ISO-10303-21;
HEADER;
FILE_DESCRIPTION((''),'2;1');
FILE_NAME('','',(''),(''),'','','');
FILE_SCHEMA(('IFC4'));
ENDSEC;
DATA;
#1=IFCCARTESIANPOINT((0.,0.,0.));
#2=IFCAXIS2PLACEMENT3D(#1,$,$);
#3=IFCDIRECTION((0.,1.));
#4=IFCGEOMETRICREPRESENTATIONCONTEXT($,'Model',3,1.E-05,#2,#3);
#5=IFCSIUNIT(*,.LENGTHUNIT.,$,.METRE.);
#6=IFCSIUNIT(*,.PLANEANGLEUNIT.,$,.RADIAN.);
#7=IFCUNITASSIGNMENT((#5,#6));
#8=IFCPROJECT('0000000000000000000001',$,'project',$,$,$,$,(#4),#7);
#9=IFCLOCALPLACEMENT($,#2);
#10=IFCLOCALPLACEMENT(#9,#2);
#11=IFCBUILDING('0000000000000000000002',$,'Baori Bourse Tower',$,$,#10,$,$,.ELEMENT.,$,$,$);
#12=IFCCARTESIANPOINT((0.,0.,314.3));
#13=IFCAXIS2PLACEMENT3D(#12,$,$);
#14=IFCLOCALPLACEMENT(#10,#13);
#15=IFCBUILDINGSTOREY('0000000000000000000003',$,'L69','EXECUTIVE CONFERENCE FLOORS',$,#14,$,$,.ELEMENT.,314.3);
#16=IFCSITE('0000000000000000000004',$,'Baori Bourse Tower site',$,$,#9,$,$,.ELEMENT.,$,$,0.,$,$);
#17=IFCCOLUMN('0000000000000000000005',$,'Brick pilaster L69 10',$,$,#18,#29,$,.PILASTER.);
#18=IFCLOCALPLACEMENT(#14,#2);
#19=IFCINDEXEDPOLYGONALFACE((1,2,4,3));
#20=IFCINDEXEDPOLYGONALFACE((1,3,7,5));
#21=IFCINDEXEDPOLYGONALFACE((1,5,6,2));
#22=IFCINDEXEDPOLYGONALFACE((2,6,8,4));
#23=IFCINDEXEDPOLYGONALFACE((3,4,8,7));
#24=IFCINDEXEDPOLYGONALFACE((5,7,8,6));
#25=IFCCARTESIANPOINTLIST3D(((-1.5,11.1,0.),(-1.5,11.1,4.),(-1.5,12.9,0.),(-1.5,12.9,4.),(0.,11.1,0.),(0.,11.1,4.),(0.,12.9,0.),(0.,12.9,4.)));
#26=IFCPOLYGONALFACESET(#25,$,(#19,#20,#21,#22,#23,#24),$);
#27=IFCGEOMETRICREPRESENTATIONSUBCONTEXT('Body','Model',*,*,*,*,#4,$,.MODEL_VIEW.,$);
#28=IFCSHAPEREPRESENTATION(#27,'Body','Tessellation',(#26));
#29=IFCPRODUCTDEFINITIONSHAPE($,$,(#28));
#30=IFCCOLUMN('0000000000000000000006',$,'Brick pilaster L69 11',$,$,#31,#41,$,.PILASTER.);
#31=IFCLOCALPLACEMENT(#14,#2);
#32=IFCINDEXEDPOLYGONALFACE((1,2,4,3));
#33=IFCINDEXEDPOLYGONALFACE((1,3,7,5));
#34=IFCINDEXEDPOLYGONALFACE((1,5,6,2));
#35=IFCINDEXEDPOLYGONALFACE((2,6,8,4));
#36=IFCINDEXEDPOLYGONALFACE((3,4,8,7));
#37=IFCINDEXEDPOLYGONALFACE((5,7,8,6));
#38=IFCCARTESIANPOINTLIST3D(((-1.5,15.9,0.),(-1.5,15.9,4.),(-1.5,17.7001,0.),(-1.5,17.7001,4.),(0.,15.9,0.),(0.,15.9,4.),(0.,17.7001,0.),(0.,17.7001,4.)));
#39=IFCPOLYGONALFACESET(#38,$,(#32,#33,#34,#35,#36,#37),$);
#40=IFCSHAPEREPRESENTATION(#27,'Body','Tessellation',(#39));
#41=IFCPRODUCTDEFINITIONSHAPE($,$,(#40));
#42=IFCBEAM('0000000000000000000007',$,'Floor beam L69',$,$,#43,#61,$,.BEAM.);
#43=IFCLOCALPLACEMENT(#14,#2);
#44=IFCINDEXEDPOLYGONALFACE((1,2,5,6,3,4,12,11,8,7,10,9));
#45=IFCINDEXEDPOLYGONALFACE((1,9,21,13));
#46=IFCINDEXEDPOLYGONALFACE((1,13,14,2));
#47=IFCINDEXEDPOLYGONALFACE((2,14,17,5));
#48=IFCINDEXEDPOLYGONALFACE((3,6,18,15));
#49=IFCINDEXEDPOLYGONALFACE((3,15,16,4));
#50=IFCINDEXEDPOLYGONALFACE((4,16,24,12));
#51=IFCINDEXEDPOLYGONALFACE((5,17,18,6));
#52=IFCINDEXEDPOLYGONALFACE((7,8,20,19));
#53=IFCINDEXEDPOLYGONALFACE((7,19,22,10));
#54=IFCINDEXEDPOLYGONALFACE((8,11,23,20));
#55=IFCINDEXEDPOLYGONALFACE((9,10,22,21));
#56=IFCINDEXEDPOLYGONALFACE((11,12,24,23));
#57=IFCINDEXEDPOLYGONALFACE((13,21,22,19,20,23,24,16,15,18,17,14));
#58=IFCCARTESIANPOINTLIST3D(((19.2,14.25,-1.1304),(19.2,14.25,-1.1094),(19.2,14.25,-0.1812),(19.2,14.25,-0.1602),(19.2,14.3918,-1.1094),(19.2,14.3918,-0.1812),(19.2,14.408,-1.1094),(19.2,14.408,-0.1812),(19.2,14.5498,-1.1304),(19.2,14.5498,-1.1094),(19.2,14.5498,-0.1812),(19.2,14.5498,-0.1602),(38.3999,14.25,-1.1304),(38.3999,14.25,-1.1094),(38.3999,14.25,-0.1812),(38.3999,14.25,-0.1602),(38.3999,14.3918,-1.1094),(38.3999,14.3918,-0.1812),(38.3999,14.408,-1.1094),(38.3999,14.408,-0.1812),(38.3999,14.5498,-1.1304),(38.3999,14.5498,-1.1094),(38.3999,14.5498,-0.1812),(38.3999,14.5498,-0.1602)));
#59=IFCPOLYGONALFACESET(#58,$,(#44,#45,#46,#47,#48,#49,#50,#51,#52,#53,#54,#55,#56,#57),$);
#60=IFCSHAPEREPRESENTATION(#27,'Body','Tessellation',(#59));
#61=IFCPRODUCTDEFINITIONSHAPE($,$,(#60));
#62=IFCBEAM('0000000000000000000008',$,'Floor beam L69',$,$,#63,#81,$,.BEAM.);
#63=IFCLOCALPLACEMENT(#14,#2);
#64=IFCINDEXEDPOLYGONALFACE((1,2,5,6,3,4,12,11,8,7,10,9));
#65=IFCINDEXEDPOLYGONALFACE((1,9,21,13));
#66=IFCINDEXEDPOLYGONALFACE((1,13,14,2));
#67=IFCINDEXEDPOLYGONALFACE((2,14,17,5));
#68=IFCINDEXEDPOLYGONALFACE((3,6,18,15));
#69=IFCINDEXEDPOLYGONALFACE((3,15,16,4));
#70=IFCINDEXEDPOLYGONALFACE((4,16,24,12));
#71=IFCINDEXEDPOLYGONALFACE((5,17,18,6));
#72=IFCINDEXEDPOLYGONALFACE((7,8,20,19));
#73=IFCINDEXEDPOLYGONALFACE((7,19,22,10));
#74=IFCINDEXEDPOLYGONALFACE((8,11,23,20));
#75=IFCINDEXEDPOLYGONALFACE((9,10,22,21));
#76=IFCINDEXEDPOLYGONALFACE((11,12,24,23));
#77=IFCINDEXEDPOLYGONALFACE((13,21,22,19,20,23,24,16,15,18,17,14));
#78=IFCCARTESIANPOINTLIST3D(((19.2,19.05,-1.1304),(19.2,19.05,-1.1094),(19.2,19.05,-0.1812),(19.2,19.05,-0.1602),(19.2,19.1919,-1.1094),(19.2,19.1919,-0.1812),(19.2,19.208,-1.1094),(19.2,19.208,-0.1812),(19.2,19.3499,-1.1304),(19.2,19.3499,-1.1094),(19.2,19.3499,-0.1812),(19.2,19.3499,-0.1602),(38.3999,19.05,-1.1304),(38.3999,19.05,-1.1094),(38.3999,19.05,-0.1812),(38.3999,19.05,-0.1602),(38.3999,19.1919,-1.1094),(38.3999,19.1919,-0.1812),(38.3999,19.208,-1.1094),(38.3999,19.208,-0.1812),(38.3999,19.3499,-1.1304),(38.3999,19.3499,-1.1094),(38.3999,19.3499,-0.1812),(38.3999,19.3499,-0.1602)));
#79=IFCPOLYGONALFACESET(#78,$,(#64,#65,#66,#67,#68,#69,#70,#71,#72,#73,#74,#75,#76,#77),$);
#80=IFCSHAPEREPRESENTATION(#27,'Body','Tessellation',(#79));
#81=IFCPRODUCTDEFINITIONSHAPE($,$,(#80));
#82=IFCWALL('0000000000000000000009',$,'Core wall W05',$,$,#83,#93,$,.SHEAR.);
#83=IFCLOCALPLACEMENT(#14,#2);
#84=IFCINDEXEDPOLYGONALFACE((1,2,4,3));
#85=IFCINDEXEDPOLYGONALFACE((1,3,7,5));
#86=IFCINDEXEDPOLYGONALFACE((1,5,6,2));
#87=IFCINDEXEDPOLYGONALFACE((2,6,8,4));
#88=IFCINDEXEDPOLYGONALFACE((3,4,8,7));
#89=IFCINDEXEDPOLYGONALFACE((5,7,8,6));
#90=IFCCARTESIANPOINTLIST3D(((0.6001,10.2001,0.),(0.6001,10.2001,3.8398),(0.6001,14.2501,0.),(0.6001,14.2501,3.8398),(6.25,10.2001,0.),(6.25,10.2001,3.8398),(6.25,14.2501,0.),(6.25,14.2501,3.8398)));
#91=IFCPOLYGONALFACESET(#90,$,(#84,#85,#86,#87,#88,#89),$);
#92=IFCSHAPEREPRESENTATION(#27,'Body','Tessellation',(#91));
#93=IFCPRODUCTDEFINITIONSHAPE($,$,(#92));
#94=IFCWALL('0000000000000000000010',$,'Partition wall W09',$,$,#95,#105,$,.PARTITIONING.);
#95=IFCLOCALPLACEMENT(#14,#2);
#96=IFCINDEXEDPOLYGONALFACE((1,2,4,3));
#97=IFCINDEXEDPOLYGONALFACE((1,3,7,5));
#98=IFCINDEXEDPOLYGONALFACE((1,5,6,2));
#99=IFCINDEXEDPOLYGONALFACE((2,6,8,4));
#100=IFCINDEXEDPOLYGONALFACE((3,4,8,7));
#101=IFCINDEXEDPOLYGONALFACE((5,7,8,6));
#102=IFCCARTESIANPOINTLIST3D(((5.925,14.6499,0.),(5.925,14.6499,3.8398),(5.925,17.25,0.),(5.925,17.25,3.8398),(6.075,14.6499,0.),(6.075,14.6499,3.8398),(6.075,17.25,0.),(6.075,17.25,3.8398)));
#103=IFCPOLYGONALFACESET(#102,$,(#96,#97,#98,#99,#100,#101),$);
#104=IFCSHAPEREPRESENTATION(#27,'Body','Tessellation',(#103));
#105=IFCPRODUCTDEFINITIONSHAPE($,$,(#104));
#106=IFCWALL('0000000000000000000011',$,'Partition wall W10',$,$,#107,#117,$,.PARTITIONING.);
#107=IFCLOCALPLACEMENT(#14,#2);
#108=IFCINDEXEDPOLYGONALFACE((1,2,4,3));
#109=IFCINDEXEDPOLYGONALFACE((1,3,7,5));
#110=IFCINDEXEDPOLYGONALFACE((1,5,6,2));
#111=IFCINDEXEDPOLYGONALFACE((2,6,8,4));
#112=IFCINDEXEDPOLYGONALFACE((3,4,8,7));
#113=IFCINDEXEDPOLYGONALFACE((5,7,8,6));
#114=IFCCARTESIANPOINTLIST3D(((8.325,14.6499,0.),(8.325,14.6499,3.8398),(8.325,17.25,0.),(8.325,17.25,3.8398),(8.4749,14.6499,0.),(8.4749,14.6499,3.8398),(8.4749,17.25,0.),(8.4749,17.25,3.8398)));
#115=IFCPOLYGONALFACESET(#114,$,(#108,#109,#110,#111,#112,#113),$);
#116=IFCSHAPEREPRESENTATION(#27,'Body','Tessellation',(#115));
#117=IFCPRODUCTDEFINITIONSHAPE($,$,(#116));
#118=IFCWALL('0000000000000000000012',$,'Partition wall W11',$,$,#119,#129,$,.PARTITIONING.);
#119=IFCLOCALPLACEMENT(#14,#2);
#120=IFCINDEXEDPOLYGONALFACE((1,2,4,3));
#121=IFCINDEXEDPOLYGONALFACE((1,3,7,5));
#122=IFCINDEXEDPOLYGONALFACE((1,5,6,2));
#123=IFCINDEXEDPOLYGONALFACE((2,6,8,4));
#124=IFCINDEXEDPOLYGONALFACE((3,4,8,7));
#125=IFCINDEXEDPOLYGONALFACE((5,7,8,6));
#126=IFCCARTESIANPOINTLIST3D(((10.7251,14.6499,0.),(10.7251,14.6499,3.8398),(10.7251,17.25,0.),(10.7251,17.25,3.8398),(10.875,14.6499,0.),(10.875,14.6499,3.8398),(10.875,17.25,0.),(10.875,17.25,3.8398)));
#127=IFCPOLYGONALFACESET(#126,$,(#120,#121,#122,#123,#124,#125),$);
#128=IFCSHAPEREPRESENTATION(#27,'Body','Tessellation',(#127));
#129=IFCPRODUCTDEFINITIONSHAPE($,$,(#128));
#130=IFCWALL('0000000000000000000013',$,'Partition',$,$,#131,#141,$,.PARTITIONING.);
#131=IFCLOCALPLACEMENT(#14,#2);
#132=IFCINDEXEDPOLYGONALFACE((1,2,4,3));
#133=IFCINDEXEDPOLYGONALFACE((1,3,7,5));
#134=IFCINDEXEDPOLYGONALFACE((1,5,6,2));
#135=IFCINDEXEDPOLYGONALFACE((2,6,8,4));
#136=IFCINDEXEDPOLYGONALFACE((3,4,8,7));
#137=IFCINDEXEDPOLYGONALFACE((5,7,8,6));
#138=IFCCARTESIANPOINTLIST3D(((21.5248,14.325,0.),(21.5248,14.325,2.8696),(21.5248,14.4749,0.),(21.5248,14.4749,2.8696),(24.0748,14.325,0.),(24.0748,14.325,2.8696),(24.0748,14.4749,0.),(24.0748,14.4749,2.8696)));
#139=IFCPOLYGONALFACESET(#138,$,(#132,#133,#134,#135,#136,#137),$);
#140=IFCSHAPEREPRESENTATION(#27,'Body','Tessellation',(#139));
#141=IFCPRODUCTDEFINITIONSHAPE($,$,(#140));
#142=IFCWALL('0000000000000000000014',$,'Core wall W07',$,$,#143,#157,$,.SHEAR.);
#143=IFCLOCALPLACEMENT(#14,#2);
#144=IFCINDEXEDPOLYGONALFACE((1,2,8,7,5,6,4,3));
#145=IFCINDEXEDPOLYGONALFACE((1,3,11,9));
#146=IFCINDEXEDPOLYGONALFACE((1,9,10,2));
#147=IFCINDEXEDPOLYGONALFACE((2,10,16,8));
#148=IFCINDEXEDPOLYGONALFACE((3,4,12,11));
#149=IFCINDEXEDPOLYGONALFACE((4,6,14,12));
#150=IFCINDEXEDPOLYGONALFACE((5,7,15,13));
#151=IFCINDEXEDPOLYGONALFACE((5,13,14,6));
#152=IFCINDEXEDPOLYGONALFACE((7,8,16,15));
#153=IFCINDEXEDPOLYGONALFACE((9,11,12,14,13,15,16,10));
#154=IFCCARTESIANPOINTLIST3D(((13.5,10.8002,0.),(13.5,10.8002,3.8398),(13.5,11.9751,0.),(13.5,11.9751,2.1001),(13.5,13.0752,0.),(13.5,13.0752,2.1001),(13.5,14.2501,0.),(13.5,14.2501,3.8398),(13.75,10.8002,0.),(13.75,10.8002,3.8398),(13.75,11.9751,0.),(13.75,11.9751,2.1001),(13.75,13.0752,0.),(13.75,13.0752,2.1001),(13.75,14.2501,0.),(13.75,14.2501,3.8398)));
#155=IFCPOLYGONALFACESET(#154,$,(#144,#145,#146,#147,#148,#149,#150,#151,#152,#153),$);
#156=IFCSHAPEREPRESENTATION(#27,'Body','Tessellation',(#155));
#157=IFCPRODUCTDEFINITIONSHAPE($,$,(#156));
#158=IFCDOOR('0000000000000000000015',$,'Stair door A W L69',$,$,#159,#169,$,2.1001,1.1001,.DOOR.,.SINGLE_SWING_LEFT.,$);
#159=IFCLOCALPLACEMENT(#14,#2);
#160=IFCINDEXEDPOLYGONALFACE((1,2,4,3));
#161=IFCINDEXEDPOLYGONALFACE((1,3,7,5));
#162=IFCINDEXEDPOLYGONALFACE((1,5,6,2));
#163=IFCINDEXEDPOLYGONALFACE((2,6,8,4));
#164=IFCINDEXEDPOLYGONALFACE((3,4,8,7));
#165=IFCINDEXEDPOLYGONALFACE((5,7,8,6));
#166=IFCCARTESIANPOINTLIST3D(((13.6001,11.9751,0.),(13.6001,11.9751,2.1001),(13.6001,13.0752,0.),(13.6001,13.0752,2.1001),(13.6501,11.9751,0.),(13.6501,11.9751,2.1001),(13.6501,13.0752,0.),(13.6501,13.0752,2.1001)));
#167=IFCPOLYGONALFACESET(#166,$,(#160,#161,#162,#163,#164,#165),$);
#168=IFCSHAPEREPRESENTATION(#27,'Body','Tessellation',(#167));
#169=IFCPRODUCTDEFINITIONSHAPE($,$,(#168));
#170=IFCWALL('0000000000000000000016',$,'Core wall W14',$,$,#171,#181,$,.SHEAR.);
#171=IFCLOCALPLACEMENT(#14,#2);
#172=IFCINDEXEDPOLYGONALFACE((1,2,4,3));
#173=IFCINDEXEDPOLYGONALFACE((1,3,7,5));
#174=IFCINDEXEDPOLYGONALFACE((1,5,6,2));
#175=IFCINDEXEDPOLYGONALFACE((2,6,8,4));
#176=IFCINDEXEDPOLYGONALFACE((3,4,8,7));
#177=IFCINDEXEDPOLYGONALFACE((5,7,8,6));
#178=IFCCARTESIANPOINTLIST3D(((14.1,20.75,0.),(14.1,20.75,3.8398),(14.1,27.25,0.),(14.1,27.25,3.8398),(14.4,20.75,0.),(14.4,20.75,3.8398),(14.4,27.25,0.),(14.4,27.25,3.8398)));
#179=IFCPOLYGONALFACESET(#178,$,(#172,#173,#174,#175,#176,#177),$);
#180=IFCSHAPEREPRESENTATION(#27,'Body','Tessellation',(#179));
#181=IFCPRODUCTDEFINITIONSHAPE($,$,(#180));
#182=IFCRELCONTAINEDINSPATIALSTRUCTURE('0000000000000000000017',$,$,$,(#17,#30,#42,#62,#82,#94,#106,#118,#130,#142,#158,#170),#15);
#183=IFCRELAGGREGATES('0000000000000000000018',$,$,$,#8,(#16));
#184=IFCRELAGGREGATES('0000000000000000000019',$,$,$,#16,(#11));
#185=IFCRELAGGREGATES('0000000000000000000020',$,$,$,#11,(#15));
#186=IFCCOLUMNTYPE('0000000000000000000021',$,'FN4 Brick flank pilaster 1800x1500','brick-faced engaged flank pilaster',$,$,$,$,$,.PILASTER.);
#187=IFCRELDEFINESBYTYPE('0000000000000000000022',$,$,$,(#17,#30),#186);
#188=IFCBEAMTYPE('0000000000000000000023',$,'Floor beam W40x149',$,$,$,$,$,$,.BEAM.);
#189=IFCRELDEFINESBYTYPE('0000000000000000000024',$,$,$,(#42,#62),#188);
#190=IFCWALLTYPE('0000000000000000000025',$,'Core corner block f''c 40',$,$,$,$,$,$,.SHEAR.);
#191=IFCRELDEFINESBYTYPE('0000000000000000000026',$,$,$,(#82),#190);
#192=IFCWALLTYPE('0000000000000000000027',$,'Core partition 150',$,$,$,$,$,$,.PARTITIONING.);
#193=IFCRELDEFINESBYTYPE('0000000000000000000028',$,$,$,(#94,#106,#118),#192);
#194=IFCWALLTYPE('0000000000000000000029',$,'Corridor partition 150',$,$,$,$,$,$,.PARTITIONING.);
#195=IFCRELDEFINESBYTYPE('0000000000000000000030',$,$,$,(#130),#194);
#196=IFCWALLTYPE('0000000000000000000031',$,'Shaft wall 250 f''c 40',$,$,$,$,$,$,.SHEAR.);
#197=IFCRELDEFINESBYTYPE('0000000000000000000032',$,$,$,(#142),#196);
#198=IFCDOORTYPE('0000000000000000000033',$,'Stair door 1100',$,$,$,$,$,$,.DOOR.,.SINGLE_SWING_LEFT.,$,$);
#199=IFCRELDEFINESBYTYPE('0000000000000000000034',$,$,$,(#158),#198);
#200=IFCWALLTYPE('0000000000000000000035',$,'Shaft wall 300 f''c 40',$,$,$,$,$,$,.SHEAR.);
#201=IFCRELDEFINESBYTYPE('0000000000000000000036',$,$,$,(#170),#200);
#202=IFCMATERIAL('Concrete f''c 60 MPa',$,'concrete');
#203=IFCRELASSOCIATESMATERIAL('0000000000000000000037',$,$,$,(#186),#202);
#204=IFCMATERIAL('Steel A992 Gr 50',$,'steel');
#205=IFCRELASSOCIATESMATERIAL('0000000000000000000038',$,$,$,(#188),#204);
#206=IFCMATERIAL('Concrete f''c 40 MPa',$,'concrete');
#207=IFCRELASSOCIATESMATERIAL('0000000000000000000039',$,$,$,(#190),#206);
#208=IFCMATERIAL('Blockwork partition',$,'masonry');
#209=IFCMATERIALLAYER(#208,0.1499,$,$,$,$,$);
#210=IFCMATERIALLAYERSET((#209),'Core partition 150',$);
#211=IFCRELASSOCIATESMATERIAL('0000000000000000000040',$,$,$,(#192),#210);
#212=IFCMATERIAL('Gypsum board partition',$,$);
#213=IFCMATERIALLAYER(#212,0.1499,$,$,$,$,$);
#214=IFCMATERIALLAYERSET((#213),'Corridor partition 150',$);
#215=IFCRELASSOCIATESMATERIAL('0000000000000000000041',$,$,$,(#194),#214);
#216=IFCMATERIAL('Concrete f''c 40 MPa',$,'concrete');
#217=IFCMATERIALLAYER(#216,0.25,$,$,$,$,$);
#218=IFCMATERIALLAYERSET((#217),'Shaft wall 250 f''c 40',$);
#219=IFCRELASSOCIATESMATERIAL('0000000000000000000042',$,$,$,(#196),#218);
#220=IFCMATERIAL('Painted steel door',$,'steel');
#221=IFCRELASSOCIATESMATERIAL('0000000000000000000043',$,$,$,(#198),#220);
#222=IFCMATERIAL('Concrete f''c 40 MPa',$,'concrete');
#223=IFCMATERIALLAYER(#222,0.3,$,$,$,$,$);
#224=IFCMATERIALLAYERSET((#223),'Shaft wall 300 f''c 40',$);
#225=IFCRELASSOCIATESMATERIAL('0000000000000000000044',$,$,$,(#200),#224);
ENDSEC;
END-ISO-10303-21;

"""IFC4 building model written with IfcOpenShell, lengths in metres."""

from ifc_helpers import new_model, si_unit, direction, frame, frame_2d, origin, origin_2d, place, context, subcontext, project, spatial, rectangle, i_section, extrude, material, layer, layer_set, material_profile, profile_set, type_object, element, fill, save


model = new_model("IFC4")

# Units and contexts
model_context = context("Model", 3, precision=1e-05, world=origin(), true_north=direction((0.0, 1.0)))
body_context = subcontext(model_context, "Body", "Model", "MODEL_VIEW")
ifc_project = project(units=[si_unit("LENGTHUNIT", "METRE"), si_unit("PLANEANGLEUNIT", "RADIAN")], contexts=[model_context])

# Site, building, storey
site_placement = place(None, origin())
site = spatial("IfcSite", under=ifc_project, at=site_placement, Name="Baori Bourse Tower site", CompositionType="ELEMENT", RefElevation=0.0)
building_placement = place(site_placement, origin())
building = spatial("IfcBuilding", under=site, at=building_placement, Name="Baori Bourse Tower", CompositionType="ELEMENT")
storey_placement = place(building_placement, frame((0.0, 0.0, 314.3)))
storey = spatial("IfcBuildingStorey", under=building, at=storey_placement, Name="L69", Description="EXECUTIVE CONFERENCE FLOORS", CompositionType="ELEMENT", Elevation=314.3)

# Columns
ifc_material_1 = material(Name="Concrete f'c 60 MPa", Category="concrete")
ifc_material_profile_1 = material_profile(ifc_material_1, rectangle(XDim=1.8, YDim=1.5, at=origin_2d()), Name="RC 1800x1500")
ifc_profile_set_1 = profile_set([ifc_material_profile_1], Name="Concrete f'c 60 MPa")
column_type = type_object("IfcColumnType", Name="FN4 Brick flank pilaster 1800x1500", Description="brick-faced engaged flank pilaster", PredefinedType="PILASTER", material=ifc_profile_set_1)
for number, where, z_axis, x_axis, name in (
    (1, (-0.75, 12.0, 0.0), (0.0, 0.0, 1.0), (0.0, 1.0, 0.0), "Brick pilaster L69 10"),
    (2, (-0.75, 16.8, 0.0), (0.0, 0.0, 1.0), (0.0, 1.0, 0.0), "Brick pilaster L69 11"),
):
    element("IfcColumn", number, at=place(storey_placement, frame(where, z_axis=z_axis, x_axis=x_axis)), inside=storey, type_object=column_type, Name=name, PredefinedType="PILASTER", context=body_context, shape_type="SweptSolid", body=[
        extrude(rectangle(XDim=1.8, YDim=1.5, at=origin_2d()), origin(), (0.0, 0.0, 1.0), 4.0),
    ])

# Beams
ifc_material_2 = material(Name="Steel A992 Gr 50", Category="steel")
ifc_material_profile_2 = material_profile(ifc_material_2, i_section(OverallWidth=0.2998, OverallDepth=0.9702, WebThickness=0.0161, FlangeThickness=0.021, at=origin_2d()), Name="W40x149")
ifc_profile_set_2 = profile_set([ifc_material_profile_2], Name="Steel A992 Gr 50")
beam_type = type_object("IfcBeamType", Name="Floor beam W40x149", PredefinedType="BEAM", material=ifc_profile_set_2)
for number, where, z_axis, x_axis, name in (
    (3, (19.2, 14.3999, -0.6453), (1.0, 0.0, 0.0), (0.0, 1.0, 0.0), "Floor beam L69"),
    (4, (19.2, 19.2, -0.6453), (1.0, 0.0, 0.0), (0.0, 1.0, 0.0), "Floor beam L69"),
):
    element("IfcBeam", number, at=place(storey_placement, frame(where, z_axis=z_axis, x_axis=x_axis)), inside=storey, type_object=beam_type, Name=name, PredefinedType="BEAM", context=body_context, shape_type="SweptSolid", body=[
        extrude(i_section(OverallWidth=0.2998, OverallDepth=0.9702, WebThickness=0.0161, FlangeThickness=0.021, at=origin_2d()), origin(), (0.0, 0.0, 1.0), 19.2),
    ])

# Walls
ifc_material_3 = material(Name="Concrete f'c 40 MPa", Category="concrete")
wall_type_1 = type_object("IfcWallType", Name="Core corner block f'c 40", PredefinedType="SHEAR", material=ifc_material_3)
wall_1_placement = place(storey_placement, frame((0.6001, 12.2251, 0.0), z_axis=(0.0, 0.0, 1.0), x_axis=(1.0, 0.0, 0.0)))
element("IfcWall", 5, at=wall_1_placement, inside=storey, type_object=wall_type_1, Name="Core wall W05", PredefinedType="SHEAR", context=body_context, shape_type="SweptSolid", body=[
    extrude(rectangle(XDim=5.6499, YDim=4.05, at=frame_2d((2.825, 0.0))), origin(), (0.0, 0.0, 1.0), 3.8398),
])
ifc_material_4 = material(Name="Blockwork partition", Category="masonry")
ifc_layer_1 = layer(ifc_material_4, 0.1499)
ifc_layer_set_1 = layer_set([ifc_layer_1], Name="Core partition 150")
wall_type_2 = type_object("IfcWallType", Name="Core partition 150", PredefinedType="PARTITIONING", material=ifc_layer_set_1)
for number, where, z_axis, x_axis, name in (
    (6, (6.0, 14.6499, 0.0), (0.0, 0.0, 1.0), (0.0, 1.0, 0.0), "Partition wall W09"),
    (7, (8.3999, 14.6499, 0.0), (0.0, 0.0, 1.0), (0.0, 1.0, 0.0), "Partition wall W10"),
    (8, (10.8, 14.6499, 0.0), (0.0, 0.0, 1.0), (0.0, 1.0, 0.0), "Partition wall W11"),
):
    element("IfcWall", number, at=place(storey_placement, frame(where, z_axis=z_axis, x_axis=x_axis)), inside=storey, type_object=wall_type_2, Name=name, PredefinedType="PARTITIONING", context=body_context, shape_type="SweptSolid", body=[
        extrude(rectangle(XDim=2.6001, YDim=0.1499, at=frame_2d((1.3, 0.0))), origin(), (0.0, 0.0, 1.0), 3.8398),
    ])
ifc_material_5 = material(Name="Gypsum board partition")
ifc_layer_2 = layer(ifc_material_5, 0.1499)
ifc_layer_set_2 = layer_set([ifc_layer_2], Name="Corridor partition 150")
wall_type_3 = type_object("IfcWallType", Name="Corridor partition 150", PredefinedType="PARTITIONING", material=ifc_layer_set_2)
wall_2_placement = place(storey_placement, frame((21.5249, 14.3999, 0.0), z_axis=(0.0, 0.0, 1.0), x_axis=(1.0, 0.0, 0.0)))
element("IfcWall", 9, at=wall_2_placement, inside=storey, type_object=wall_type_3, Name="Partition", PredefinedType="PARTITIONING", context=body_context, shape_type="SweptSolid", body=[
    extrude(rectangle(XDim=2.55, YDim=0.1499, at=frame_2d((1.2749, 0.0))), origin(), (0.0, 0.0, 1.0), 2.8696),
])

# Wall, opening, door
ifc_material_6 = material(Name="Concrete f'c 40 MPa", Category="concrete")
ifc_layer_3 = layer(ifc_material_6, 0.25)
ifc_layer_set_3 = layer_set([ifc_layer_3], Name="Shaft wall 250 f'c 40")
wall_type_4 = type_object("IfcWallType", Name="Shaft wall 250 f'c 40", PredefinedType="SHEAR", material=ifc_layer_set_3)
wall_3_placement = place(storey_placement, frame((13.625, 10.8, 0.0), z_axis=(0.0, 0.0, 1.0), x_axis=(0.0, 1.0, 0.0)))
wall_3 = element("IfcWall", 10, at=wall_3_placement, inside=storey, type_object=wall_type_4, Name="Core wall W07", PredefinedType="SHEAR", context=body_context, shape_type="SweptSolid", body=[
    extrude(rectangle(XDim=3.45, YDim=0.25, at=frame_2d((1.7251, 0.0))), origin(), (0.0, 0.0, 1.0), 3.8398),
])
opening_1_placement = place(wall_3_placement, frame((1.175, 0.0, 0.0)))
opening_1 = element("IfcOpeningElement", 11, at=opening_1_placement, cuts=wall_3, PredefinedType="OPENING", context=body_context, shape_type="SweptSolid", body=[
    extrude(rectangle(XDim=1.1001, YDim=2.1001, at=frame_2d((0.55, 1.05))), frame((0.0, 0.135, 0.0), z_axis=(0.0, -1.0, 0.0), x_axis=(1.0, 0.0, 0.0)), (0.0, 0.0, 1.0), 0.27),
])
ifc_material_7 = material(Name="Painted steel door", Category="steel")
door_type_1 = type_object("IfcDoorType", Name="Stair door 1100", OperationType="SINGLE_SWING_LEFT", PredefinedType="DOOR", material=ifc_material_7)
door_1_placement = place(opening_1_placement, origin())
door_1 = element("IfcDoor", 12, at=door_1_placement, inside=storey, type_object=door_type_1, Name="Stair door A W L69", OperationType="SINGLE_SWING_LEFT", OverallHeight=2.1001, OverallWidth=1.1001, PredefinedType="DOOR", context=body_context, shape_type="SweptSolid", body=[
    extrude(rectangle(XDim=1.1001, YDim=2.1001, at=frame_2d((0.55, 1.05))), frame((0.0, 0.0249, 0.0), z_axis=(0.0, -1.0, 0.0), x_axis=(1.0, 0.0, 0.0)), (0.0, 0.0, 1.0), 0.05),
])
fill(opening_1, door_1)

# Wall
ifc_material_8 = material(Name="Concrete f'c 40 MPa", Category="concrete")
ifc_layer_4 = layer(ifc_material_8, 0.3)
ifc_layer_set_4 = layer_set([ifc_layer_4], Name="Shaft wall 300 f'c 40")
wall_type_5 = type_object("IfcWallType", Name="Shaft wall 300 f'c 40", PredefinedType="SHEAR", material=ifc_layer_set_4)
wall_4_placement = place(storey_placement, frame((14.25, 20.75, 0.0), z_axis=(0.0, 0.0, 1.0), x_axis=(0.0, 1.0, 0.0)))
element("IfcWall", 13, at=wall_4_placement, inside=storey, type_object=wall_type_5, Name="Core wall W14", PredefinedType="SHEAR", context=body_context, shape_type="SweptSolid", body=[
    extrude(rectangle(XDim=6.5, YDim=0.3, at=frame_2d((3.25, 0.0))), origin(), (0.0, 0.0, 1.0), 3.8398),
])

save(model, "model.ifc")
